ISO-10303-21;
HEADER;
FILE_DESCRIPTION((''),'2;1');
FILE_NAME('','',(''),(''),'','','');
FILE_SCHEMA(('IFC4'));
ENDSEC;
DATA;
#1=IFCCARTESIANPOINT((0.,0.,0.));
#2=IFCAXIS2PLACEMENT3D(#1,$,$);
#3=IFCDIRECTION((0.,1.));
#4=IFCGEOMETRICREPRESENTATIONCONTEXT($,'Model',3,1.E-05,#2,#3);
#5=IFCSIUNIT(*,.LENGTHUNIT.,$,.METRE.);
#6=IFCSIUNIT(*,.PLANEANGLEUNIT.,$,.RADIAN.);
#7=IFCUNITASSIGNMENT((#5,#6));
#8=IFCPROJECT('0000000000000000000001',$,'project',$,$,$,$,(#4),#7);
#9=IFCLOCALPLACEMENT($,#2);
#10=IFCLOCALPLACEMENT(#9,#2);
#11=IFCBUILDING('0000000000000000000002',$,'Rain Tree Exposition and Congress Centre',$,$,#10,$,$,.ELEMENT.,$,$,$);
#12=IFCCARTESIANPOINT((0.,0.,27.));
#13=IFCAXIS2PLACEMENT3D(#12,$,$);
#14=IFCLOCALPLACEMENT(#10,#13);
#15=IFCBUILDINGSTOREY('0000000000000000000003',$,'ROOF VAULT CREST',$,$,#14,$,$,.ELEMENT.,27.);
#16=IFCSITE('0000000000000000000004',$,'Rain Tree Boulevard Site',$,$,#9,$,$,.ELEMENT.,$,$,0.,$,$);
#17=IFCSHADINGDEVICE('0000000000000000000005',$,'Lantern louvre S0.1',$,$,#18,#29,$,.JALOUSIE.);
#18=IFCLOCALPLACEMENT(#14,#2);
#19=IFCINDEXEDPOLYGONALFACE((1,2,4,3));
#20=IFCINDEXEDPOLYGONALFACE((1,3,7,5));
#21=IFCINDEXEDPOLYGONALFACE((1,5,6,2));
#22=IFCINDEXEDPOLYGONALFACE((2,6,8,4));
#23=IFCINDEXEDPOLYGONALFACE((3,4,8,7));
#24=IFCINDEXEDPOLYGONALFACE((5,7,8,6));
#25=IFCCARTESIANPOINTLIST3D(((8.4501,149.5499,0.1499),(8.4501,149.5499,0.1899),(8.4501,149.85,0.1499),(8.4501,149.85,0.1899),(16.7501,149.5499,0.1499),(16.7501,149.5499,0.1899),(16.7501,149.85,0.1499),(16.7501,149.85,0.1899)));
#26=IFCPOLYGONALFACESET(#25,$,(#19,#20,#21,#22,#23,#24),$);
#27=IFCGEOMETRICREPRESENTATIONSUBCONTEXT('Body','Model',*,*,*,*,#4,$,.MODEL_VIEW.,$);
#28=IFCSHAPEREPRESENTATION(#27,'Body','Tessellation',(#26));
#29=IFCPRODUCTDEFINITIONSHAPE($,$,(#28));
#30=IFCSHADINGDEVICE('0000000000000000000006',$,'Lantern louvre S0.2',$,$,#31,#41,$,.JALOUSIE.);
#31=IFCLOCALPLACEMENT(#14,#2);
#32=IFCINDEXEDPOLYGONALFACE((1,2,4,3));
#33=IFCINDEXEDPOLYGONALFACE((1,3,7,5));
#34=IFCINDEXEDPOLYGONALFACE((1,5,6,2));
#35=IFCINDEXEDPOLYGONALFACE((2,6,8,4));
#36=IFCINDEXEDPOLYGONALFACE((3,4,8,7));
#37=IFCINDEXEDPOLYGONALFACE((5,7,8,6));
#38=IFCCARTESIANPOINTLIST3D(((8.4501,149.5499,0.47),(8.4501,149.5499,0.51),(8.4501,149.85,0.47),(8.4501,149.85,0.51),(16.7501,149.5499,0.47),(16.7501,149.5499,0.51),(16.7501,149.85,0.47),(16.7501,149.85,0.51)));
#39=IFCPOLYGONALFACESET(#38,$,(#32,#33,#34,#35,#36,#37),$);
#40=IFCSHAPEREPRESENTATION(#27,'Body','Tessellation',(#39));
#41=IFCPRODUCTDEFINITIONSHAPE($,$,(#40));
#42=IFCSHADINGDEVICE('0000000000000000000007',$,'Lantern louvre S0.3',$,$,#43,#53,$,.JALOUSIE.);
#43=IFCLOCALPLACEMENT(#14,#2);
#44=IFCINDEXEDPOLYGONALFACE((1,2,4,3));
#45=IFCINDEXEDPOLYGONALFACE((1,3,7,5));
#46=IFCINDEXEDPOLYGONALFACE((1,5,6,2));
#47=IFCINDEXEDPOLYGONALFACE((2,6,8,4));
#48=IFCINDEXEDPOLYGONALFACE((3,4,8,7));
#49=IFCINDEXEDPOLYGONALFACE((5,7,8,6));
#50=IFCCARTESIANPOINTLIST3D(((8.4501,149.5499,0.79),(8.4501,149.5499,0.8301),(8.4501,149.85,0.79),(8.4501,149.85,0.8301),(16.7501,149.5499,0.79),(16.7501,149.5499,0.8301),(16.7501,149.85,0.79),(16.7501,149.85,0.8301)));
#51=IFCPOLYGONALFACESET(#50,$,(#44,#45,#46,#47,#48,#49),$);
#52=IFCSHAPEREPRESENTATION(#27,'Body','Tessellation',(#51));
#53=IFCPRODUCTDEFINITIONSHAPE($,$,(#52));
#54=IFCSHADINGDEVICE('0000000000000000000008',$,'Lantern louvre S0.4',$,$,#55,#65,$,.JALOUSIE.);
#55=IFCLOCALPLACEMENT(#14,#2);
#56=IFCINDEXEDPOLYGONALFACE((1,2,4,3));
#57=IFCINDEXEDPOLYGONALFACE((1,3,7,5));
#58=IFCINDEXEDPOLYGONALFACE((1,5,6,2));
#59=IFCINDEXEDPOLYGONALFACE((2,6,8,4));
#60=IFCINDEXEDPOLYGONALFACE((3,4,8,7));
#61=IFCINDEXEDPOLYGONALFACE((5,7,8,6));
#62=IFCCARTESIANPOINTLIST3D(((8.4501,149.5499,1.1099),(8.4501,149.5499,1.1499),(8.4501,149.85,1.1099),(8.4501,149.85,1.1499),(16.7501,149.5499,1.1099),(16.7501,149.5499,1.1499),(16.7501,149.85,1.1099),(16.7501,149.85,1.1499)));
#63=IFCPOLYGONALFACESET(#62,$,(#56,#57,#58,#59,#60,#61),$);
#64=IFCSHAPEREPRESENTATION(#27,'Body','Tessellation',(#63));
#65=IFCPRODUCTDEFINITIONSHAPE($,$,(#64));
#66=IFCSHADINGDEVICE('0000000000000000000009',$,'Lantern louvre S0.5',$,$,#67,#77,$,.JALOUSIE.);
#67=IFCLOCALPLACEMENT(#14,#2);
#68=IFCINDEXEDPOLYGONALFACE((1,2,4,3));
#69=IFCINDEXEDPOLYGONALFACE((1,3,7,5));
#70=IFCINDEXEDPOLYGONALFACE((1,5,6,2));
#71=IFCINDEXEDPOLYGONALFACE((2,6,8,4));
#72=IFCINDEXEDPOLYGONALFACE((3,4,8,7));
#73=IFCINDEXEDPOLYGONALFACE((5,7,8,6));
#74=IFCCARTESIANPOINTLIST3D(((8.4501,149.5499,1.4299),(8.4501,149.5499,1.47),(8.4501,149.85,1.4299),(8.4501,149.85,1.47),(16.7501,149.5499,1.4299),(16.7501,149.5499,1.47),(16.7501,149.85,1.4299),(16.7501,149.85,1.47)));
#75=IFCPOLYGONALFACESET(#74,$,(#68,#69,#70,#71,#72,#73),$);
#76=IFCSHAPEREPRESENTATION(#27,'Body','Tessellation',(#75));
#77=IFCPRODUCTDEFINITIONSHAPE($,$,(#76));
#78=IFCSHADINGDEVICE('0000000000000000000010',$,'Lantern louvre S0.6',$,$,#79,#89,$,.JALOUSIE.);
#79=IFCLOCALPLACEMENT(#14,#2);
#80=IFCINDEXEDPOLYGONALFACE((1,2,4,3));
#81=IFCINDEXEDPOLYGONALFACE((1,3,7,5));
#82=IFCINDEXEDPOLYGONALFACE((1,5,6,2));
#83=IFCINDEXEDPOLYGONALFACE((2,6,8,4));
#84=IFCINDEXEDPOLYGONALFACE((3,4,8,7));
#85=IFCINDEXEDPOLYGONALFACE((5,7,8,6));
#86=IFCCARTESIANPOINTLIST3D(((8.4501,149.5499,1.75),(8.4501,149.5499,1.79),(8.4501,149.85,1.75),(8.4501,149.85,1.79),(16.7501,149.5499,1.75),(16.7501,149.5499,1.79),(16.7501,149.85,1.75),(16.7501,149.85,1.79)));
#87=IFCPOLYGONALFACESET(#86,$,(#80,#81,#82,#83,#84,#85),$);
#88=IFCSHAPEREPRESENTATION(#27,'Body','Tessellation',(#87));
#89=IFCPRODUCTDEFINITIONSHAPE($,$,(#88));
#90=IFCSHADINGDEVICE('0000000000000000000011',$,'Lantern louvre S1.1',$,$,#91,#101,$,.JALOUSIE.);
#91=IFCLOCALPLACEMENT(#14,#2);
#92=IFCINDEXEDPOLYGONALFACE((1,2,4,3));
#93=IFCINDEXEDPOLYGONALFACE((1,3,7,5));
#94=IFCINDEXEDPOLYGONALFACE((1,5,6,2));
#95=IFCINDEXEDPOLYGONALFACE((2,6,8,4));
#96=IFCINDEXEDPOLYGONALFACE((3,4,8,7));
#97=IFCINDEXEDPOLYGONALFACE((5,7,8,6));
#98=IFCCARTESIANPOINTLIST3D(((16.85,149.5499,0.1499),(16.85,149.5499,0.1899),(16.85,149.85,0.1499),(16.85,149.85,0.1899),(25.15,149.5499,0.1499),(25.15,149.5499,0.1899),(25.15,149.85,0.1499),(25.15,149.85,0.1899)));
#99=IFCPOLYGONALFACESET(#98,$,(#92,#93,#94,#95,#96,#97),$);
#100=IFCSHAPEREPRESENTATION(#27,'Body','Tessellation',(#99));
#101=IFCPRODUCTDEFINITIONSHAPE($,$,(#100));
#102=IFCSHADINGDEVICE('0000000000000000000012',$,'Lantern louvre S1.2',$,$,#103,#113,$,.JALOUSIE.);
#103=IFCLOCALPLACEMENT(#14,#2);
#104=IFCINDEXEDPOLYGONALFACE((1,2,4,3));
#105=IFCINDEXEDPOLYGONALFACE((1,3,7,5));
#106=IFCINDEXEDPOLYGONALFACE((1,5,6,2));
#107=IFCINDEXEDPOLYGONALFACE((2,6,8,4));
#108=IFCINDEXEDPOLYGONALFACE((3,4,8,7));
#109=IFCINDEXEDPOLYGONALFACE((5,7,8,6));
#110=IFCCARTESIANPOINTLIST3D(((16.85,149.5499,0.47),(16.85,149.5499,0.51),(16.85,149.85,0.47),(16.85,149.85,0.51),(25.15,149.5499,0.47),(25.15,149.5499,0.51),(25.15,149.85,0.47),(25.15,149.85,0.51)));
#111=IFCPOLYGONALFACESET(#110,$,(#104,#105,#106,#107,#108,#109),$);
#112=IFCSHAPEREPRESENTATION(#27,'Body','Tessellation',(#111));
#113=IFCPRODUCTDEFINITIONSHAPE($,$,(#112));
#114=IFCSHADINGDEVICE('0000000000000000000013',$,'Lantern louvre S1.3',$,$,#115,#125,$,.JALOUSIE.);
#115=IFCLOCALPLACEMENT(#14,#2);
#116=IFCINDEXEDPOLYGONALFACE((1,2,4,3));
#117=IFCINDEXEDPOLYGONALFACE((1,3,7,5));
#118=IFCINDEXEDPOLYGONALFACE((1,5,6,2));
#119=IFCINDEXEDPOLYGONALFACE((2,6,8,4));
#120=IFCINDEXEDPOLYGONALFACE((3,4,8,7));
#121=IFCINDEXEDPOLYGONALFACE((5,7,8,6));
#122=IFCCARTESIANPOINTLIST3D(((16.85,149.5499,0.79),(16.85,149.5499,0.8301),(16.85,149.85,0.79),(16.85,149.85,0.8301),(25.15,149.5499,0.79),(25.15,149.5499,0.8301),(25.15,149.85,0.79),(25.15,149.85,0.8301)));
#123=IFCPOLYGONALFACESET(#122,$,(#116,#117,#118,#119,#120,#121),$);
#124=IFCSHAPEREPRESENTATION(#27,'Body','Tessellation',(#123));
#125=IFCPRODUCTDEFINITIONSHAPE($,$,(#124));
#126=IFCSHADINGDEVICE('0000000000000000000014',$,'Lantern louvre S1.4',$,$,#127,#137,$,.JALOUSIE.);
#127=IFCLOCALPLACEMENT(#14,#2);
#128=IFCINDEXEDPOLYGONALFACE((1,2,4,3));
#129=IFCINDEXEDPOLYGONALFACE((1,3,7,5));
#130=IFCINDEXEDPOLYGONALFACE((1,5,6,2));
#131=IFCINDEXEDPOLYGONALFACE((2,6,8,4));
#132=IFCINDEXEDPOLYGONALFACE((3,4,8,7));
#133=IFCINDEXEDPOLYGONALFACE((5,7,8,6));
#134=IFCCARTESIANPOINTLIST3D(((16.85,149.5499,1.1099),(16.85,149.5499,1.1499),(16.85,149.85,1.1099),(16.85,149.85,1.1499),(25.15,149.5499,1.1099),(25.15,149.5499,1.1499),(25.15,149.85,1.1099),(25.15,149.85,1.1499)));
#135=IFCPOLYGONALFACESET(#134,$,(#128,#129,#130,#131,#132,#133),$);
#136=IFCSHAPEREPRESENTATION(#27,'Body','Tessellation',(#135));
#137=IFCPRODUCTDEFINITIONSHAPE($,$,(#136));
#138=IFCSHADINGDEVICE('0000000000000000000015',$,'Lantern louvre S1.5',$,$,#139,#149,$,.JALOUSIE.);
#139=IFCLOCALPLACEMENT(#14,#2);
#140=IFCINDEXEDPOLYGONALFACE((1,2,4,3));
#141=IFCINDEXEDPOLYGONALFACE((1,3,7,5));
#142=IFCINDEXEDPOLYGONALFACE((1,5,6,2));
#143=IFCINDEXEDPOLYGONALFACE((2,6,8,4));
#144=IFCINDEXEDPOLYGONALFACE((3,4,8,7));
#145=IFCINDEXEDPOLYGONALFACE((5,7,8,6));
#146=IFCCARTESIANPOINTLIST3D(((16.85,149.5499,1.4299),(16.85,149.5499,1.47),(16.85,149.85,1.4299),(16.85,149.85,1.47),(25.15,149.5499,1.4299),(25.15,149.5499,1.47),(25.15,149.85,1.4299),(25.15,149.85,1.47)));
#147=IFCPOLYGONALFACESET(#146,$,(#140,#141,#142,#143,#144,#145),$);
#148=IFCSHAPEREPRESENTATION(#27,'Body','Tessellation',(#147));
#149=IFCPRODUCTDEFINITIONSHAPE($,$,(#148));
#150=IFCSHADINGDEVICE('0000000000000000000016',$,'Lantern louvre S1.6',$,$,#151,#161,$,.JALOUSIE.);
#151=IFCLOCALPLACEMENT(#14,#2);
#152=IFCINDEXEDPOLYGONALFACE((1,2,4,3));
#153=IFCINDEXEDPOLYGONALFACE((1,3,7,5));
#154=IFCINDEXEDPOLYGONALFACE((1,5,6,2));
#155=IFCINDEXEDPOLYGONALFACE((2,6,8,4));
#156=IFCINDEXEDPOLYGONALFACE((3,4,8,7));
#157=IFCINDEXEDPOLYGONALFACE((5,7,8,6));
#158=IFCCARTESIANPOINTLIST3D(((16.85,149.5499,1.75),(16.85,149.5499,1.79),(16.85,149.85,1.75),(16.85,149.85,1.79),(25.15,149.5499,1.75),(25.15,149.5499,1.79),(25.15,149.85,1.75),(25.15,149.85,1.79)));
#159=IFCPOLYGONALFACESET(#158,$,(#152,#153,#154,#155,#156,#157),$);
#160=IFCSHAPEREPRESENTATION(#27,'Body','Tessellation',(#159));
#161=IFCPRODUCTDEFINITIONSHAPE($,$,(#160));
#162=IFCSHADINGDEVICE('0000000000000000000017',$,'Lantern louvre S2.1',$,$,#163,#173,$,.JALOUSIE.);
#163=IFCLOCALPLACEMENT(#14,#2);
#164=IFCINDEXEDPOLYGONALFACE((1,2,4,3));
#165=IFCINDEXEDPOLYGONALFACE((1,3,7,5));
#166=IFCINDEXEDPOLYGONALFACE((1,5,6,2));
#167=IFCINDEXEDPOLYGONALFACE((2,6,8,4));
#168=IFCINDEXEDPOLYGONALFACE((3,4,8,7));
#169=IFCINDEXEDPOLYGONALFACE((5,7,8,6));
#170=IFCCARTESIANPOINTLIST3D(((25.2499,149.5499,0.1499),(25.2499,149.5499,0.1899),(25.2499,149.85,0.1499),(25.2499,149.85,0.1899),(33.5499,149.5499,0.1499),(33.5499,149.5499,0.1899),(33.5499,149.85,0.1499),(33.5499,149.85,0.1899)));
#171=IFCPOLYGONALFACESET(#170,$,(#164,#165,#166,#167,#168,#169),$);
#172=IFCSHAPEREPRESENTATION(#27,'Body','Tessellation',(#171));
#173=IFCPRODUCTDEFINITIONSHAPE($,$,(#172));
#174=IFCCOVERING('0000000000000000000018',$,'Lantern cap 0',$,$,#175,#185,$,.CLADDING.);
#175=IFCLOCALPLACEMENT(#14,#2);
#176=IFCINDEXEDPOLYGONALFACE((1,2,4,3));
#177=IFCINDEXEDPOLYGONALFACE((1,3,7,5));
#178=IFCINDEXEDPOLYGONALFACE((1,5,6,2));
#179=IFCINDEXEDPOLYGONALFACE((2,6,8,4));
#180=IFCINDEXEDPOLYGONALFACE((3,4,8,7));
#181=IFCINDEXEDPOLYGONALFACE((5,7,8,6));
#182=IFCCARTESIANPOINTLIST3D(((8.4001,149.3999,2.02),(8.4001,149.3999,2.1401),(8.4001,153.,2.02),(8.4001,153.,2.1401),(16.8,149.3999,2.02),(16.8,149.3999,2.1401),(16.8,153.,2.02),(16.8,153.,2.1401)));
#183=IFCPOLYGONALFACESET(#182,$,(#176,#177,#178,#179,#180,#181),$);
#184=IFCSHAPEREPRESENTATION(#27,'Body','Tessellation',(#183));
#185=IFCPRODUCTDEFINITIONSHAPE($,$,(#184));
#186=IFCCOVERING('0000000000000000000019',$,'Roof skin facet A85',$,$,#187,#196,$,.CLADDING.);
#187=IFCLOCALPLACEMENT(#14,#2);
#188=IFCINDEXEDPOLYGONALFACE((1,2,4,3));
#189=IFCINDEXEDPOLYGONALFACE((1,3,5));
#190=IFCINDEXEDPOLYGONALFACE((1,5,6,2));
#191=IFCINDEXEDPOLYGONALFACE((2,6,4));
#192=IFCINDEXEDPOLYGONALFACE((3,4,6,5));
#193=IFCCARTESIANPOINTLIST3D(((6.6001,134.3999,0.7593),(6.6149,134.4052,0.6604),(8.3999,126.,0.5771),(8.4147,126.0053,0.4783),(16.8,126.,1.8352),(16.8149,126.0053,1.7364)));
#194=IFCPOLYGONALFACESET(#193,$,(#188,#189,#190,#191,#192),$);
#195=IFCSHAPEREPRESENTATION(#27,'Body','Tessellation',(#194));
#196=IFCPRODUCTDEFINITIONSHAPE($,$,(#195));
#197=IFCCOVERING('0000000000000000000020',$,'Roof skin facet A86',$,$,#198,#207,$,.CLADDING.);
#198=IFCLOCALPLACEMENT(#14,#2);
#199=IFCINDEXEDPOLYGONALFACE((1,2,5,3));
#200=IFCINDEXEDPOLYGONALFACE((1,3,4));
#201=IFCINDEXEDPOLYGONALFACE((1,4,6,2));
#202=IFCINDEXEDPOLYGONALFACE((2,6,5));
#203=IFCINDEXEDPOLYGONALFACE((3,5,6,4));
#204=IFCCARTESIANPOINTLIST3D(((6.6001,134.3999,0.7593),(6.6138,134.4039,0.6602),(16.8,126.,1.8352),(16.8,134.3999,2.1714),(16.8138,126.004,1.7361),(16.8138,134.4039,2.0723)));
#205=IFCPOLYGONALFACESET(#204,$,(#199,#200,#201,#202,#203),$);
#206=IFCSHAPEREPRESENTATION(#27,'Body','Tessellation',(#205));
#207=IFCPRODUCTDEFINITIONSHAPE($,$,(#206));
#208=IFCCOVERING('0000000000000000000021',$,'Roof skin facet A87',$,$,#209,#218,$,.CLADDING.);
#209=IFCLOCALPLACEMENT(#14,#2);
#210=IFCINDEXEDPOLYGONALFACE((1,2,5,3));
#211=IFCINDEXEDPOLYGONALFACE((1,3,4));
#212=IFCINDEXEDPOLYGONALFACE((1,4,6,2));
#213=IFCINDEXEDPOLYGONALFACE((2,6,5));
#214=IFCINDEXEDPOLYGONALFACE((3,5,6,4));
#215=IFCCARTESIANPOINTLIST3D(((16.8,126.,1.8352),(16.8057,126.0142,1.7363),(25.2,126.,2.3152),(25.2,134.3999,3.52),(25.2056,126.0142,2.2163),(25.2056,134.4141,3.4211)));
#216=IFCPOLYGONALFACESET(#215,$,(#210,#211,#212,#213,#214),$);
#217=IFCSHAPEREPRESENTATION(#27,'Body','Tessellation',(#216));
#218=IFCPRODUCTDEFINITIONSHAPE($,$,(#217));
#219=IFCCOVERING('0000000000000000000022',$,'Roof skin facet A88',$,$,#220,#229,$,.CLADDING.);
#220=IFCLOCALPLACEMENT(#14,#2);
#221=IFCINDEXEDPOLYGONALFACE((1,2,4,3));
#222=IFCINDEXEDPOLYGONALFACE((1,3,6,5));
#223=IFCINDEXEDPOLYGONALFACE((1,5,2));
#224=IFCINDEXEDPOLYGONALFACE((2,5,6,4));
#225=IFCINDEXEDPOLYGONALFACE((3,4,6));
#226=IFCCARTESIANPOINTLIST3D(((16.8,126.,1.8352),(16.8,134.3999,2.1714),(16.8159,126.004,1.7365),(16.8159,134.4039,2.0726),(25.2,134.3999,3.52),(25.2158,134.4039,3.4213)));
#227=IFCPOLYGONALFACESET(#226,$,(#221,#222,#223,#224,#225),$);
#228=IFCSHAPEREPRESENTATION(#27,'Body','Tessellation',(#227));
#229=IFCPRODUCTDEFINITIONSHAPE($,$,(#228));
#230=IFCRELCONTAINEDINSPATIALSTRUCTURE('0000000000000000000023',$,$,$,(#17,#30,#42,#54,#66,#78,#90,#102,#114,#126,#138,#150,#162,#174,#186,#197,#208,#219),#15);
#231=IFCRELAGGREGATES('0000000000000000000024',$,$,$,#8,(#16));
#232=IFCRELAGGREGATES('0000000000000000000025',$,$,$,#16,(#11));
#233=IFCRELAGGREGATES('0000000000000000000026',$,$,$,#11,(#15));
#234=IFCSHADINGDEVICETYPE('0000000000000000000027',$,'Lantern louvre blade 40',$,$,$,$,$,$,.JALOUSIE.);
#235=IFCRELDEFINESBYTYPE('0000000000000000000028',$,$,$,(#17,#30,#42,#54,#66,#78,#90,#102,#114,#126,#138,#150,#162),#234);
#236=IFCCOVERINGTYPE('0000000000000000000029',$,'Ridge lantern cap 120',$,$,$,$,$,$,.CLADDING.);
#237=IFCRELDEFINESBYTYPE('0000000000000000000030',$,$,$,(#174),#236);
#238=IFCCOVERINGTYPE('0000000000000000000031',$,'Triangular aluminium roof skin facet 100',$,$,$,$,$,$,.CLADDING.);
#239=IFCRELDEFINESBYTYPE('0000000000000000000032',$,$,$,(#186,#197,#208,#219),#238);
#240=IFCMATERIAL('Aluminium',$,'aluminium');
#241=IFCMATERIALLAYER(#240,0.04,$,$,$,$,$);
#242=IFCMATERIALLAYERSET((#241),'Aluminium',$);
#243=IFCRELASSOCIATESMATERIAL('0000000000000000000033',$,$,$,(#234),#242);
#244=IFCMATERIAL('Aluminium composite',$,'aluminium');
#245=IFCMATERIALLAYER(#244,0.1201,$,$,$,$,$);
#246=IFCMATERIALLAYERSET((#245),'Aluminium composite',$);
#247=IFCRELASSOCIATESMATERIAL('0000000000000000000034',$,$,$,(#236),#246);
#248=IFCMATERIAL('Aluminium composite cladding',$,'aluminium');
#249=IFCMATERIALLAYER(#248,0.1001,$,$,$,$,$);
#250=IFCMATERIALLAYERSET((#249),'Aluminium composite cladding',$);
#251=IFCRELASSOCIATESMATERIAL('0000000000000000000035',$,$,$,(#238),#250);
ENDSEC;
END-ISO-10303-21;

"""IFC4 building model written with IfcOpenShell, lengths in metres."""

from ifc_helpers import new_model, si_unit, direction, frame, origin, origin_2d, place, context, subcontext, project, spatial, polyline, rectangle, outline, extrude, material, layer, layer_set, type_object, element, save


model = new_model("IFC4")

# Units and contexts
model_context = context("Model", 3, precision=1e-05, world=origin(), true_north=direction((0.0, 1.0)))
body_context = subcontext(model_context, "Body", "Model", "MODEL_VIEW")
ifc_project = project(units=[si_unit("LENGTHUNIT", "METRE"), si_unit("PLANEANGLEUNIT", "RADIAN")], contexts=[model_context])

# Site, building, storey
site_placement = place(None, origin())
site = spatial("IfcSite", under=ifc_project, at=site_placement, Name="Rain Tree Boulevard Site", CompositionType="ELEMENT", RefElevation=0.0)
building_placement = place(site_placement, origin())
building = spatial("IfcBuilding", under=site, at=building_placement, Name="Rain Tree Exposition and Congress Centre", CompositionType="ELEMENT")
storey_placement = place(building_placement, frame((0.0, 0.0, 27.0)))
storey = spatial("IfcBuildingStorey", under=building, at=storey_placement, Name="ROOF VAULT CREST", CompositionType="ELEMENT", Elevation=27.0)

# Shading devices
ifc_material_1 = material(Name="Aluminium", Category="aluminium")
ifc_layer_1 = layer(ifc_material_1, 0.04)
ifc_layer_set_1 = layer_set([ifc_layer_1], Name="Aluminium")
shading_device_type = type_object("IfcShadingDeviceType", Name="Lantern louvre blade 40", PredefinedType="JALOUSIE", material=ifc_layer_set_1)
for number, where, z_axis, x_axis, name in (
    (1, (12.6001, 149.7, 0.1499), (0.0, 0.0, 1.0), (1.0, 0.0, 0.0), "Lantern louvre S0.1"),
    (2, (12.6001, 149.7, 0.47), (0.0, 0.0, 1.0), (1.0, 0.0, 0.0), "Lantern louvre S0.2"),
    (3, (12.6001, 149.7, 0.79), (0.0, 0.0, 1.0), (1.0, 0.0, 0.0), "Lantern louvre S0.3"),
    (4, (12.6001, 149.7, 1.1099), (0.0, 0.0, 1.0), (1.0, 0.0, 0.0), "Lantern louvre S0.4"),
    (5, (12.6001, 149.7, 1.4299), (0.0, 0.0, 1.0), (1.0, 0.0, 0.0), "Lantern louvre S0.5"),
    (6, (12.6001, 149.7, 1.75), (0.0, 0.0, 1.0), (1.0, 0.0, 0.0), "Lantern louvre S0.6"),
    (7, (21.0, 149.7, 0.1499), (0.0, 0.0, 1.0), (1.0, 0.0, 0.0), "Lantern louvre S1.1"),
    (8, (21.0, 149.7, 0.47), (0.0, 0.0, 1.0), (1.0, 0.0, 0.0), "Lantern louvre S1.2"),
    (9, (21.0, 149.7, 0.79), (0.0, 0.0, 1.0), (1.0, 0.0, 0.0), "Lantern louvre S1.3"),
    (10, (21.0, 149.7, 1.1099), (0.0, 0.0, 1.0), (1.0, 0.0, 0.0), "Lantern louvre S1.4"),
    (11, (21.0, 149.7, 1.4299), (0.0, 0.0, 1.0), (1.0, 0.0, 0.0), "Lantern louvre S1.5"),
    (12, (21.0, 149.7, 1.75), (0.0, 0.0, 1.0), (1.0, 0.0, 0.0), "Lantern louvre S1.6"),
    (13, (29.3999, 149.7, 0.1499), (0.0, 0.0, 1.0), (1.0, 0.0, 0.0), "Lantern louvre S2.1"),
):
    element("IfcShadingDevice", number, at=place(storey_placement, frame(where, z_axis=z_axis, x_axis=x_axis)), inside=storey, type_object=shading_device_type, Name=name, PredefinedType="JALOUSIE", context=body_context, shape_type="SweptSolid", body=[
        extrude(rectangle(XDim=8.3, YDim=0.3, at=origin_2d()), origin(), (0.0, 0.0, 1.0), 0.04),
    ])

# Coverings
ifc_material_2 = material(Name="Aluminium composite", Category="aluminium")
ifc_layer_2 = layer(ifc_material_2, 0.1201)
ifc_layer_set_2 = layer_set([ifc_layer_2], Name="Aluminium composite")
covering_type_1 = type_object("IfcCoveringType", Name="Ridge lantern cap 120", PredefinedType="CLADDING", material=ifc_layer_set_2)
covering_1_placement = place(storey_placement, frame((12.6001, 151.2, 2.02), z_axis=(0.0, 0.0, 1.0), x_axis=(1.0, 0.0, 0.0)))
element("IfcCovering", 14, at=covering_1_placement, inside=storey, type_object=covering_type_1, Name="Lantern cap 0", PredefinedType="CLADDING", context=body_context, shape_type="SweptSolid", body=[
    extrude(rectangle(XDim=8.3999, YDim=3.6001, at=origin_2d()), origin(), (0.0, 0.0, 1.0), 0.1201),
])
ifc_material_3 = material(Name="Aluminium composite cladding", Category="aluminium")
ifc_layer_3 = layer(ifc_material_3, 0.1001)
ifc_layer_set_3 = layer_set([ifc_layer_3], Name="Aluminium composite cladding")
covering_type_2 = type_object("IfcCoveringType", Name="Triangular aluminium roof skin facet 100", PredefinedType="CLADDING", material=ifc_layer_set_3)
covering_2_placement = place(storey_placement, frame((8.3999, 126.0, 0.5771), z_axis=(-0.147905, -0.053104, 0.987575), x_axis=(0.98897, 0.0, 0.148114)))
element("IfcCovering", 15, at=covering_2_placement, inside=storey, type_object=covering_type_2, Name="Roof skin facet A85", PredefinedType="CLADDING", context=body_context, shape_type="SweptSolid", body=[
    extrude(outline(polyline([(0.0, 0.0), (8.4938, 0.0), (-1.753, 8.4118), (0.0, 0.0)])), origin(), (0.0, 0.0, -1.0), 0.1001),
])
covering_3_placement = place(storey_placement, frame((16.8, 126.0, 1.8352), z_axis=(-0.137027, -0.039613, 0.989775), x_axis=(0.0, 0.9992, 0.03999)))
element("IfcCovering", 16, at=covering_3_placement, inside=storey, type_object=covering_type_2, Name="Roof skin facet A86", PredefinedType="CLADDING", context=body_context, shape_type="SweptSolid", body=[
    extrude(outline(polyline([(0.0, 0.0), (8.4066, 0.0), (8.3502, 10.2971), (0.0, 0.0)])), origin(), (0.0, 0.0, -1.0), 0.1001),
])
covering_4_placement = place(storey_placement, frame((16.8, 126.0, 1.8352), z_axis=(-0.056472, -0.141755, 0.98829), x_axis=(0.998371, 0.0, 0.057048)))
element("IfcCovering", 17, at=covering_4_placement, inside=storey, type_object=covering_type_2, Name="Roof skin facet A87", PredefinedType="CLADDING", context=body_context, shape_type="SweptSolid", body=[
    extrude(outline(polyline([(0.0, 0.0), (8.4136, 0.0), (8.4823, 8.4856), (0.0, 0.0)])), origin(), (0.0, 0.0, -1.0), 0.1001),
])
covering_5_placement = place(storey_placement, frame((16.8, 126.0, 1.8352), z_axis=(-0.1584, -0.039485, 0.986585), x_axis=(0.7001, 0.7001, 0.140423)))
element("IfcCovering", 18, at=covering_5_placement, inside=storey, type_object=covering_type_2, Name="Roof skin facet A88", PredefinedType="CLADDING", context=body_context, shape_type="SweptSolid", body=[
    extrude(outline(polyline([(0.0, 0.0), (11.9981, 0.0), (5.928, 5.9607), (0.0, 0.0)])), origin(), (0.0, 0.0, -1.0), 0.1001),
])

save(model, "model.ifc")
